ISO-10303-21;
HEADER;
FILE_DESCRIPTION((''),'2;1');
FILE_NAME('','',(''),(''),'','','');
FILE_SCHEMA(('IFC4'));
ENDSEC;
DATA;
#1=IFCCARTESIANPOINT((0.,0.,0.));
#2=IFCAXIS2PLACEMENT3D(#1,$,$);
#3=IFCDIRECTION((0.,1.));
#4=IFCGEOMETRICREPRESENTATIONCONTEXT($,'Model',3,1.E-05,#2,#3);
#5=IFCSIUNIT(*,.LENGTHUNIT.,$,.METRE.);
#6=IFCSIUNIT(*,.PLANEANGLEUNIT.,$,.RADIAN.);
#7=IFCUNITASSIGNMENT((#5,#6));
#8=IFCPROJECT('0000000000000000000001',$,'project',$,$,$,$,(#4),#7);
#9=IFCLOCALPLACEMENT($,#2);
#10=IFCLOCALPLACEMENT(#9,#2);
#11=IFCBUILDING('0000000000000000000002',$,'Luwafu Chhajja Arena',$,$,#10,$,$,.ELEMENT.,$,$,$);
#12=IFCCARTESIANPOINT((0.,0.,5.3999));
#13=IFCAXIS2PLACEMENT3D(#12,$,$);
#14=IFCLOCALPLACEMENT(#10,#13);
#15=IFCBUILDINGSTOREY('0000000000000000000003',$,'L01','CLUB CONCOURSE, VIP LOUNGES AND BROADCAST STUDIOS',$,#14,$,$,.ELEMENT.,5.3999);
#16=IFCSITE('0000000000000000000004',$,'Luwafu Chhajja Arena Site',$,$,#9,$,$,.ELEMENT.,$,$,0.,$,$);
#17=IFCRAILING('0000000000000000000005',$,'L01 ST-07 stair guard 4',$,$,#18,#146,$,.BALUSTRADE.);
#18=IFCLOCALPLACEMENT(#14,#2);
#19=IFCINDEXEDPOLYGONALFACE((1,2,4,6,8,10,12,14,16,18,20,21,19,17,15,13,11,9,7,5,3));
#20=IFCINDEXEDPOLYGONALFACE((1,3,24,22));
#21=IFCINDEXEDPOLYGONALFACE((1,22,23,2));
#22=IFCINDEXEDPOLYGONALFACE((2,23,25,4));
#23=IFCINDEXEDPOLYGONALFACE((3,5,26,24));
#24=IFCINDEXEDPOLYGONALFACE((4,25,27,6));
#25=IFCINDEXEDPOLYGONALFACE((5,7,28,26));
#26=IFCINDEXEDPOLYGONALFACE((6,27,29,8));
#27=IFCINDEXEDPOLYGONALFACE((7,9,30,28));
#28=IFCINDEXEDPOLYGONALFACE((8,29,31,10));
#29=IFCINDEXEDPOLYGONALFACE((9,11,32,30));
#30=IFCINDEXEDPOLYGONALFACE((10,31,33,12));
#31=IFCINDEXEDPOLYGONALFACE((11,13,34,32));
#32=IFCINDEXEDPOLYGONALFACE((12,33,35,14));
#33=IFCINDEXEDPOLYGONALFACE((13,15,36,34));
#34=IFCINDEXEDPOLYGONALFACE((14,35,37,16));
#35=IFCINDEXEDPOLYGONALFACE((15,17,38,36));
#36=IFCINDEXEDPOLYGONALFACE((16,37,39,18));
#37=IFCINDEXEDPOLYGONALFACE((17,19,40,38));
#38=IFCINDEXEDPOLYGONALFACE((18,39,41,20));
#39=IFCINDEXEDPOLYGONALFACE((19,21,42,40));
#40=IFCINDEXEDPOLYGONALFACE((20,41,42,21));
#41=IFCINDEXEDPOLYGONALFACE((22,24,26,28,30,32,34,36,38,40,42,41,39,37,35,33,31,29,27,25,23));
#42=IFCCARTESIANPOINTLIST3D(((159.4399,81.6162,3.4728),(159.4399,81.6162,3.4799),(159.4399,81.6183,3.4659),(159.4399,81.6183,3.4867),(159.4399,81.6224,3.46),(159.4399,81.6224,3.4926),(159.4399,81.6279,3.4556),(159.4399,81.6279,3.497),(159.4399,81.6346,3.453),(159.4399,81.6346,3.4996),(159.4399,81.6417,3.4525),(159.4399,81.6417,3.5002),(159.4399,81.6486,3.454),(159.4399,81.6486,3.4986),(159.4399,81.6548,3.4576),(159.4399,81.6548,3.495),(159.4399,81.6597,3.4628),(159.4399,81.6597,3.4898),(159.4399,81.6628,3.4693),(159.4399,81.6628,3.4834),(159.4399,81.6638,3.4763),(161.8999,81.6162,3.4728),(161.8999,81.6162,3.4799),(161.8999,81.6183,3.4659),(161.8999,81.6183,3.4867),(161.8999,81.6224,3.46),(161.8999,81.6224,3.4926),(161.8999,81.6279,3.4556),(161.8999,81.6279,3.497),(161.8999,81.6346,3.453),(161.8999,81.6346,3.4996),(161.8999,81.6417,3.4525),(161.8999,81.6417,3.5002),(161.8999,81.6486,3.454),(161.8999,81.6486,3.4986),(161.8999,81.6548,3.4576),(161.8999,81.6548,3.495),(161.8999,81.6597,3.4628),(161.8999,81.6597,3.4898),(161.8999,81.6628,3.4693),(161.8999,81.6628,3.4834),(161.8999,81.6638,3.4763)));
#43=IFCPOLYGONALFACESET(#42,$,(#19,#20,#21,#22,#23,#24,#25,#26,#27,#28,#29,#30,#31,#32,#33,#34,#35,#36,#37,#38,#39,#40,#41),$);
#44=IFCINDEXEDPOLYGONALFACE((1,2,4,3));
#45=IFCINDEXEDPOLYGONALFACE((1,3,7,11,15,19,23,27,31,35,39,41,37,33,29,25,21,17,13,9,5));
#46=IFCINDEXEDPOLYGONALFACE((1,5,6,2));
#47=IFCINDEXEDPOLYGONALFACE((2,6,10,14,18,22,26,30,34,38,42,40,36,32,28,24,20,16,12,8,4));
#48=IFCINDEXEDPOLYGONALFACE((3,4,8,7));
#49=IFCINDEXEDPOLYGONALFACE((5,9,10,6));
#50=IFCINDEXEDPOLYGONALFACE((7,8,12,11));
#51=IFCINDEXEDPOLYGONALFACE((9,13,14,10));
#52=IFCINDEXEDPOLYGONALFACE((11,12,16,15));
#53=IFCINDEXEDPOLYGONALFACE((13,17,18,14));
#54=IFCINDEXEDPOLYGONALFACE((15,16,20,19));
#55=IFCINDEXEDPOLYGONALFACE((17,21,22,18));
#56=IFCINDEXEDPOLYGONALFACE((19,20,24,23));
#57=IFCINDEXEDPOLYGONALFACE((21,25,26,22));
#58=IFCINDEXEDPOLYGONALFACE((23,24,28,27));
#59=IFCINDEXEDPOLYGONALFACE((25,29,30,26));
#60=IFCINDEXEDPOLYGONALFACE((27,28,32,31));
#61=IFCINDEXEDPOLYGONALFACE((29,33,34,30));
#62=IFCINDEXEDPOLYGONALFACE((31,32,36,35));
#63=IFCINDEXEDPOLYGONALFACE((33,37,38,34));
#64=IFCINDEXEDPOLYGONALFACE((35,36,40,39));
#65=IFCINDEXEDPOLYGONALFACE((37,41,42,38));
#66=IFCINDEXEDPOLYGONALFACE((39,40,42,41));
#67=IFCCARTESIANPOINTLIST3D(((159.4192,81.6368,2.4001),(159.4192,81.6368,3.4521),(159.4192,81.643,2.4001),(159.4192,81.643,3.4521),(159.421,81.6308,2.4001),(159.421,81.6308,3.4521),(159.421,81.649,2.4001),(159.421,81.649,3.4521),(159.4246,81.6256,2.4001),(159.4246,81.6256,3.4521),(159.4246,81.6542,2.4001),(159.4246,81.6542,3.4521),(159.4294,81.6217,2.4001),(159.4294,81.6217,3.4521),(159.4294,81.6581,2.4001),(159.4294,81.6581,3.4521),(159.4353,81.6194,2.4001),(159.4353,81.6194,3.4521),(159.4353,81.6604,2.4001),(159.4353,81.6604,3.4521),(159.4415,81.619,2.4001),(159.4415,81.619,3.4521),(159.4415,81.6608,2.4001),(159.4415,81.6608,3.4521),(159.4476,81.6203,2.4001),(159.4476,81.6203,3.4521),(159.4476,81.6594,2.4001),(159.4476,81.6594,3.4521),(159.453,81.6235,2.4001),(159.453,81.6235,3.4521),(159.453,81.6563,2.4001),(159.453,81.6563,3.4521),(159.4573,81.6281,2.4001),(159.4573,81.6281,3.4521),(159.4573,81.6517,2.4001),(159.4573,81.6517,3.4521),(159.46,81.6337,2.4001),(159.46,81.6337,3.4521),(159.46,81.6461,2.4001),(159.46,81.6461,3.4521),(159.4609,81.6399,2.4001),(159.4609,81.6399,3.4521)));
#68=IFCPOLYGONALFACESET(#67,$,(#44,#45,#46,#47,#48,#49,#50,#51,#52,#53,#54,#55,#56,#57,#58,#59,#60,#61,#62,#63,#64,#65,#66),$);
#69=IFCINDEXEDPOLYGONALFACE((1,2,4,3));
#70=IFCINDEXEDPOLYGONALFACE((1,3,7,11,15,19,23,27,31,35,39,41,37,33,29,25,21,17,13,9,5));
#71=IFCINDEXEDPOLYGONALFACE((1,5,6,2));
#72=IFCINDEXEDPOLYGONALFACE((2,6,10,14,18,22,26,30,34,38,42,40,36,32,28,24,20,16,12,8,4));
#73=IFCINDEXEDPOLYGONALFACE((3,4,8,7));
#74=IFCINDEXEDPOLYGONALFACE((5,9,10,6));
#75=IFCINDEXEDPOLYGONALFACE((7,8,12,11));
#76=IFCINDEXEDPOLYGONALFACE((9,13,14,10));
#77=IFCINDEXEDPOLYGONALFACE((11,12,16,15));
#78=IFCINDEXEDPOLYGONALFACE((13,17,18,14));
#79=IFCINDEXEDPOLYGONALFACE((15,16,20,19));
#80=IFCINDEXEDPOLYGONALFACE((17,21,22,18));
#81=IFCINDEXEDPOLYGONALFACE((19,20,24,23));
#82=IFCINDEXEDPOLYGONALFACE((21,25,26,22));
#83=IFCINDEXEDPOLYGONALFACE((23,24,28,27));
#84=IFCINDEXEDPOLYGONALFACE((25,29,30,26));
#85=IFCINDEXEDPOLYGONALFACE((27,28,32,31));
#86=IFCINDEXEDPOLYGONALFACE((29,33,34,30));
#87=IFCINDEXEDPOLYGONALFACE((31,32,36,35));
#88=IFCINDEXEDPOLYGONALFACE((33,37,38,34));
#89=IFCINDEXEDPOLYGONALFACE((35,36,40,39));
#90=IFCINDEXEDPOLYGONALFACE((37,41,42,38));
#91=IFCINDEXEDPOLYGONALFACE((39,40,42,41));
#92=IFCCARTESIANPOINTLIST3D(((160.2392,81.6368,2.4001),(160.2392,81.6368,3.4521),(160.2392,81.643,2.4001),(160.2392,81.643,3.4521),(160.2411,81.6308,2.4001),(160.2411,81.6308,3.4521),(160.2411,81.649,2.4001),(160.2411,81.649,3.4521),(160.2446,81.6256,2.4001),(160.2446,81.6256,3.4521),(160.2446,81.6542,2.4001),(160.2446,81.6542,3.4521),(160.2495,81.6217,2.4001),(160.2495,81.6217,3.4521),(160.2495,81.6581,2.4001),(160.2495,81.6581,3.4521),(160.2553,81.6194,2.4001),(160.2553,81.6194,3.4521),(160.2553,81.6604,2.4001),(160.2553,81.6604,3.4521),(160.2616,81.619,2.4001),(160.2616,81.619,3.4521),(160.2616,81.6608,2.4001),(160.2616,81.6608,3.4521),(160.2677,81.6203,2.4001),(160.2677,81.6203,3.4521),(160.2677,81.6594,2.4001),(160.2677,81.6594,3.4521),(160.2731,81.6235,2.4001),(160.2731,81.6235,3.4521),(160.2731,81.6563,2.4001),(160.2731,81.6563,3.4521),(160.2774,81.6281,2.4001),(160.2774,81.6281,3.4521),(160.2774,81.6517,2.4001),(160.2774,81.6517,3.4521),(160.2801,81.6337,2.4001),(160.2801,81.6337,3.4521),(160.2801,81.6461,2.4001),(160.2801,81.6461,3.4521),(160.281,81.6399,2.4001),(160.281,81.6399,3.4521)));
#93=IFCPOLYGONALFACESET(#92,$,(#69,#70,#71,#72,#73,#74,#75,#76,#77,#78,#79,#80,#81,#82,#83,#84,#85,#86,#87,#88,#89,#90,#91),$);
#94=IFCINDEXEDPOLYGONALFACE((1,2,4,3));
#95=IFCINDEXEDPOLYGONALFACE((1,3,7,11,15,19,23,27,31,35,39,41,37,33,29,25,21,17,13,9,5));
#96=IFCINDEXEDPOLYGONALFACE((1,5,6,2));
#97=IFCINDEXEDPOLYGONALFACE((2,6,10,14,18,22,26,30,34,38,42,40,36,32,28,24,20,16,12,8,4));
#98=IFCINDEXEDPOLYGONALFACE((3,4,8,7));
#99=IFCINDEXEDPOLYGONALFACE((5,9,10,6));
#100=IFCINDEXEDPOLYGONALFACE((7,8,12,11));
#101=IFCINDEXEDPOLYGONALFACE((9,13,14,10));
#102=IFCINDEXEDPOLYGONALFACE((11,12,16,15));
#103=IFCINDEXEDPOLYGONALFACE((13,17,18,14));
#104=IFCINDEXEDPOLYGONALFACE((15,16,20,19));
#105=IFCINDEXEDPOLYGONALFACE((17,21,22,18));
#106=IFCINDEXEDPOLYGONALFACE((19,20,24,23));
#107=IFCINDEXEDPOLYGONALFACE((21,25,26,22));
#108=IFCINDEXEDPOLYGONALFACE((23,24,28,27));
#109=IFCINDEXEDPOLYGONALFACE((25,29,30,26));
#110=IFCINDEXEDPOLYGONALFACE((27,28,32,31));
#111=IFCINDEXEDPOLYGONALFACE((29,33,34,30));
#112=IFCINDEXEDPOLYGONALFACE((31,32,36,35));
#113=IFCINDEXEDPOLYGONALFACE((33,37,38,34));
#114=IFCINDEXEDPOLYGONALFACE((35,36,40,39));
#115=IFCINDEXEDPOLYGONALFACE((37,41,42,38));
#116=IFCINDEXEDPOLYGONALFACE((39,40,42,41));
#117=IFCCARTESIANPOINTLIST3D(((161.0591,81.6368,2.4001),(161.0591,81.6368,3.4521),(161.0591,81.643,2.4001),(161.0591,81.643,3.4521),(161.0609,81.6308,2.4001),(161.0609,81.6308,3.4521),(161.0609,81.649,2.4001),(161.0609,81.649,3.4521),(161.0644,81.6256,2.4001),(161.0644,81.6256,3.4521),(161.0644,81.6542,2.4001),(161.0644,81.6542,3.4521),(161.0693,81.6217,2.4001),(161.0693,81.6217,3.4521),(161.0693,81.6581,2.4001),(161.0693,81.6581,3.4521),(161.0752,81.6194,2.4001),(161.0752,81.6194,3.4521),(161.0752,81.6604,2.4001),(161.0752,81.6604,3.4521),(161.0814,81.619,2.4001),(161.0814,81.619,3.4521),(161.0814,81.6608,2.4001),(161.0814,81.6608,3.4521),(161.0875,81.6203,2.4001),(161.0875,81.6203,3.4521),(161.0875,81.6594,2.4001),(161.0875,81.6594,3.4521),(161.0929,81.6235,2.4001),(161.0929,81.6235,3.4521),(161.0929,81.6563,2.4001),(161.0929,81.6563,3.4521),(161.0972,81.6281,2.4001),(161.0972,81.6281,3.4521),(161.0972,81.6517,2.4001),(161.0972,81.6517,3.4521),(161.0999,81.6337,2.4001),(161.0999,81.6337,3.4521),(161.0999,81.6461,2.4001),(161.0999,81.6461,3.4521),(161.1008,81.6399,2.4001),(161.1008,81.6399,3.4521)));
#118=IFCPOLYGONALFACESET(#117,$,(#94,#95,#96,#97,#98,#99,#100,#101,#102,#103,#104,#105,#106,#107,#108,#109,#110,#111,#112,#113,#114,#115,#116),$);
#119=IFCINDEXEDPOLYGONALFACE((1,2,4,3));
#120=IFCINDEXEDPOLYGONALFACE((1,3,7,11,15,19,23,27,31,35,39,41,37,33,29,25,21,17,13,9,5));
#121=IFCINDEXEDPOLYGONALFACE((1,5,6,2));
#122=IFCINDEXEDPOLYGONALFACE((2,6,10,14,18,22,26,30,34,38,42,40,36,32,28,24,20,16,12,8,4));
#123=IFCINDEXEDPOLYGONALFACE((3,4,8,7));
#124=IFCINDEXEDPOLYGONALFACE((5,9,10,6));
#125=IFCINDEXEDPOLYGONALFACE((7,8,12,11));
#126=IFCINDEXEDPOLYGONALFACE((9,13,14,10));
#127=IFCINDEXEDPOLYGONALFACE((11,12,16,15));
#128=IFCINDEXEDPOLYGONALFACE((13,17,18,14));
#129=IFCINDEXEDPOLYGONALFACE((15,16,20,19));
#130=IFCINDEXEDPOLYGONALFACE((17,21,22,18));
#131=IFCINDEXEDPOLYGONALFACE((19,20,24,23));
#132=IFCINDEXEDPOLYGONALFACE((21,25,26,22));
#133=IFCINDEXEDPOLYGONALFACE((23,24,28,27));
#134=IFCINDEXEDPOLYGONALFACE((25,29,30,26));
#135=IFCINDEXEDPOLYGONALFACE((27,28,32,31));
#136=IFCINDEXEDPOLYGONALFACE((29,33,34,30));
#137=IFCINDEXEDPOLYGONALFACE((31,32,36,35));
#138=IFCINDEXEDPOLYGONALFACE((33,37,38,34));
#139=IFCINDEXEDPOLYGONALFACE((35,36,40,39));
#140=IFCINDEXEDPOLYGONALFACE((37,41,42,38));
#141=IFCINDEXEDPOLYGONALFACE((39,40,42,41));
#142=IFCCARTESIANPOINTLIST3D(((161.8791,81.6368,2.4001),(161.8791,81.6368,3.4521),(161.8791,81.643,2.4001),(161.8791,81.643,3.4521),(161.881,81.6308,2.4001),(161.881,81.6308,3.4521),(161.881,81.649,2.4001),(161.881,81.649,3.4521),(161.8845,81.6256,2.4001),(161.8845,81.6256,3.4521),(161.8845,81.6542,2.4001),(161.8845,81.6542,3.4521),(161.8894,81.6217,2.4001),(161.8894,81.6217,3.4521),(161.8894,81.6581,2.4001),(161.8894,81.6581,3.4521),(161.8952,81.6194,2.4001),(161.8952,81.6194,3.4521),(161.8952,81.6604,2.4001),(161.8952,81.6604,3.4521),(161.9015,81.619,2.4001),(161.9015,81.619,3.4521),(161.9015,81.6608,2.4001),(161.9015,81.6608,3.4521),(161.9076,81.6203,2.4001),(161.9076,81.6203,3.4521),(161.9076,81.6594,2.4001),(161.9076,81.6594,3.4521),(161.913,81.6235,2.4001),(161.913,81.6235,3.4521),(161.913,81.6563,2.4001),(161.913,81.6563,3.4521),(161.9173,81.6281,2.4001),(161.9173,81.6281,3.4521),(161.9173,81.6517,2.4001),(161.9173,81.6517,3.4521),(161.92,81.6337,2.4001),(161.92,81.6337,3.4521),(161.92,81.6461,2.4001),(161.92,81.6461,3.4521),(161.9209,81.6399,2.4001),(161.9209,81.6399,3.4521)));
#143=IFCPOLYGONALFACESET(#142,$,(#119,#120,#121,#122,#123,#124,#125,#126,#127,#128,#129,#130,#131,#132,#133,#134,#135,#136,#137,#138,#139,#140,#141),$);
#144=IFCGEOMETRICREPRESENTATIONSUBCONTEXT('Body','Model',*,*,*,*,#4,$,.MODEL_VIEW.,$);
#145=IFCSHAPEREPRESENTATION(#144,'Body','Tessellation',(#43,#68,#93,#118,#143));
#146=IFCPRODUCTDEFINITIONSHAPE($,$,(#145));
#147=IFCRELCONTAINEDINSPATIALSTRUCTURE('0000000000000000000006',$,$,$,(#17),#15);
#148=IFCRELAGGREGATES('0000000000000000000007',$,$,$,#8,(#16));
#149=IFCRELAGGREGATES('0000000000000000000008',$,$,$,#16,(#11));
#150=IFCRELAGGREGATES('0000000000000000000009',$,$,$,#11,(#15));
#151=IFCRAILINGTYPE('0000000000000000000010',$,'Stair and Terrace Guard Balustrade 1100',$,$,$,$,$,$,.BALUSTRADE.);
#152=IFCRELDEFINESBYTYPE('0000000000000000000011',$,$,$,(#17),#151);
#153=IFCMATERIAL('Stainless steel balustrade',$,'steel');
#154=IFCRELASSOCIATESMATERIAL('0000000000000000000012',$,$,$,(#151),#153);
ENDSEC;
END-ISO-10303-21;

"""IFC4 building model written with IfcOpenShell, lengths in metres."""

from ifc_helpers import new_model, si_unit, direction, frame, origin, origin_2d, place, context, subcontext, project, spatial, circle, extrude, material, type_object, element, save


model = new_model("IFC4")

# Units and contexts
model_context = context("Model", 3, precision=1e-05, world=origin(), true_north=direction((0.0, 1.0)))
body_context = subcontext(model_context, "Body", "Model", "MODEL_VIEW")
ifc_project = project(units=[si_unit("LENGTHUNIT", "METRE"), si_unit("PLANEANGLEUNIT", "RADIAN")], contexts=[model_context])

# Site, building, storey
site_placement = place(None, origin())
site = spatial("IfcSite", under=ifc_project, at=site_placement, Name="Luwafu Chhajja Arena Site", CompositionType="ELEMENT", RefElevation=0.0)
building_placement = place(site_placement, origin())
building = spatial("IfcBuilding", under=site, at=building_placement, Name="Luwafu Chhajja Arena", CompositionType="ELEMENT")
storey_placement = place(building_placement, frame((0.0, 0.0, 5.3999)))
storey = spatial("IfcBuildingStorey", under=building, at=storey_placement, Name="L01", Description="CLUB CONCOURSE, VIP LOUNGES AND BROADCAST STUDIOS", CompositionType="ELEMENT", Elevation=5.3999)

# Railing
ifc_material_1 = material(Name="Stainless steel balustrade", Category="steel")
railing_type_1 = type_object("IfcRailingType", Name="Stair and Terrace Guard Balustrade 1100", PredefinedType="BALUSTRADE", material=ifc_material_1)
railing_1_placement = place(storey_placement, frame((159.4399, 81.6399, 2.4001)))
element("IfcRailing", 1, at=railing_1_placement, inside=storey, type_object=railing_type_1, Name="L01 ST-07 stair guard 4", PredefinedType="BALUSTRADE", context=body_context, shape_type="SweptSolid", body=[
    extrude(circle(Radius=0.0239, at=origin_2d()), frame((0.0, 0.0, 1.0762), z_axis=(1.0, 0.0, 0.0), x_axis=(0.0, 1.0, 0.0)), (0.0, 0.0, 1.0), 2.46),
    extrude(circle(Radius=0.021, at=origin_2d()), origin(), (0.0, 0.0, 1.0), 1.052),
    extrude(circle(Radius=0.021, at=origin_2d()), frame((0.8201, 0.0, 0.0)), (0.0, 0.0, 1.0), 1.052),
    extrude(circle(Radius=0.021, at=origin_2d()), frame((1.6399, 0.0, 0.0)), (0.0, 0.0, 1.0), 1.052),
    extrude(circle(Radius=0.021, at=origin_2d()), frame((2.46, 0.0, 0.0)), (0.0, 0.0, 1.0), 1.052),
])

save(model, "model.ifc")
